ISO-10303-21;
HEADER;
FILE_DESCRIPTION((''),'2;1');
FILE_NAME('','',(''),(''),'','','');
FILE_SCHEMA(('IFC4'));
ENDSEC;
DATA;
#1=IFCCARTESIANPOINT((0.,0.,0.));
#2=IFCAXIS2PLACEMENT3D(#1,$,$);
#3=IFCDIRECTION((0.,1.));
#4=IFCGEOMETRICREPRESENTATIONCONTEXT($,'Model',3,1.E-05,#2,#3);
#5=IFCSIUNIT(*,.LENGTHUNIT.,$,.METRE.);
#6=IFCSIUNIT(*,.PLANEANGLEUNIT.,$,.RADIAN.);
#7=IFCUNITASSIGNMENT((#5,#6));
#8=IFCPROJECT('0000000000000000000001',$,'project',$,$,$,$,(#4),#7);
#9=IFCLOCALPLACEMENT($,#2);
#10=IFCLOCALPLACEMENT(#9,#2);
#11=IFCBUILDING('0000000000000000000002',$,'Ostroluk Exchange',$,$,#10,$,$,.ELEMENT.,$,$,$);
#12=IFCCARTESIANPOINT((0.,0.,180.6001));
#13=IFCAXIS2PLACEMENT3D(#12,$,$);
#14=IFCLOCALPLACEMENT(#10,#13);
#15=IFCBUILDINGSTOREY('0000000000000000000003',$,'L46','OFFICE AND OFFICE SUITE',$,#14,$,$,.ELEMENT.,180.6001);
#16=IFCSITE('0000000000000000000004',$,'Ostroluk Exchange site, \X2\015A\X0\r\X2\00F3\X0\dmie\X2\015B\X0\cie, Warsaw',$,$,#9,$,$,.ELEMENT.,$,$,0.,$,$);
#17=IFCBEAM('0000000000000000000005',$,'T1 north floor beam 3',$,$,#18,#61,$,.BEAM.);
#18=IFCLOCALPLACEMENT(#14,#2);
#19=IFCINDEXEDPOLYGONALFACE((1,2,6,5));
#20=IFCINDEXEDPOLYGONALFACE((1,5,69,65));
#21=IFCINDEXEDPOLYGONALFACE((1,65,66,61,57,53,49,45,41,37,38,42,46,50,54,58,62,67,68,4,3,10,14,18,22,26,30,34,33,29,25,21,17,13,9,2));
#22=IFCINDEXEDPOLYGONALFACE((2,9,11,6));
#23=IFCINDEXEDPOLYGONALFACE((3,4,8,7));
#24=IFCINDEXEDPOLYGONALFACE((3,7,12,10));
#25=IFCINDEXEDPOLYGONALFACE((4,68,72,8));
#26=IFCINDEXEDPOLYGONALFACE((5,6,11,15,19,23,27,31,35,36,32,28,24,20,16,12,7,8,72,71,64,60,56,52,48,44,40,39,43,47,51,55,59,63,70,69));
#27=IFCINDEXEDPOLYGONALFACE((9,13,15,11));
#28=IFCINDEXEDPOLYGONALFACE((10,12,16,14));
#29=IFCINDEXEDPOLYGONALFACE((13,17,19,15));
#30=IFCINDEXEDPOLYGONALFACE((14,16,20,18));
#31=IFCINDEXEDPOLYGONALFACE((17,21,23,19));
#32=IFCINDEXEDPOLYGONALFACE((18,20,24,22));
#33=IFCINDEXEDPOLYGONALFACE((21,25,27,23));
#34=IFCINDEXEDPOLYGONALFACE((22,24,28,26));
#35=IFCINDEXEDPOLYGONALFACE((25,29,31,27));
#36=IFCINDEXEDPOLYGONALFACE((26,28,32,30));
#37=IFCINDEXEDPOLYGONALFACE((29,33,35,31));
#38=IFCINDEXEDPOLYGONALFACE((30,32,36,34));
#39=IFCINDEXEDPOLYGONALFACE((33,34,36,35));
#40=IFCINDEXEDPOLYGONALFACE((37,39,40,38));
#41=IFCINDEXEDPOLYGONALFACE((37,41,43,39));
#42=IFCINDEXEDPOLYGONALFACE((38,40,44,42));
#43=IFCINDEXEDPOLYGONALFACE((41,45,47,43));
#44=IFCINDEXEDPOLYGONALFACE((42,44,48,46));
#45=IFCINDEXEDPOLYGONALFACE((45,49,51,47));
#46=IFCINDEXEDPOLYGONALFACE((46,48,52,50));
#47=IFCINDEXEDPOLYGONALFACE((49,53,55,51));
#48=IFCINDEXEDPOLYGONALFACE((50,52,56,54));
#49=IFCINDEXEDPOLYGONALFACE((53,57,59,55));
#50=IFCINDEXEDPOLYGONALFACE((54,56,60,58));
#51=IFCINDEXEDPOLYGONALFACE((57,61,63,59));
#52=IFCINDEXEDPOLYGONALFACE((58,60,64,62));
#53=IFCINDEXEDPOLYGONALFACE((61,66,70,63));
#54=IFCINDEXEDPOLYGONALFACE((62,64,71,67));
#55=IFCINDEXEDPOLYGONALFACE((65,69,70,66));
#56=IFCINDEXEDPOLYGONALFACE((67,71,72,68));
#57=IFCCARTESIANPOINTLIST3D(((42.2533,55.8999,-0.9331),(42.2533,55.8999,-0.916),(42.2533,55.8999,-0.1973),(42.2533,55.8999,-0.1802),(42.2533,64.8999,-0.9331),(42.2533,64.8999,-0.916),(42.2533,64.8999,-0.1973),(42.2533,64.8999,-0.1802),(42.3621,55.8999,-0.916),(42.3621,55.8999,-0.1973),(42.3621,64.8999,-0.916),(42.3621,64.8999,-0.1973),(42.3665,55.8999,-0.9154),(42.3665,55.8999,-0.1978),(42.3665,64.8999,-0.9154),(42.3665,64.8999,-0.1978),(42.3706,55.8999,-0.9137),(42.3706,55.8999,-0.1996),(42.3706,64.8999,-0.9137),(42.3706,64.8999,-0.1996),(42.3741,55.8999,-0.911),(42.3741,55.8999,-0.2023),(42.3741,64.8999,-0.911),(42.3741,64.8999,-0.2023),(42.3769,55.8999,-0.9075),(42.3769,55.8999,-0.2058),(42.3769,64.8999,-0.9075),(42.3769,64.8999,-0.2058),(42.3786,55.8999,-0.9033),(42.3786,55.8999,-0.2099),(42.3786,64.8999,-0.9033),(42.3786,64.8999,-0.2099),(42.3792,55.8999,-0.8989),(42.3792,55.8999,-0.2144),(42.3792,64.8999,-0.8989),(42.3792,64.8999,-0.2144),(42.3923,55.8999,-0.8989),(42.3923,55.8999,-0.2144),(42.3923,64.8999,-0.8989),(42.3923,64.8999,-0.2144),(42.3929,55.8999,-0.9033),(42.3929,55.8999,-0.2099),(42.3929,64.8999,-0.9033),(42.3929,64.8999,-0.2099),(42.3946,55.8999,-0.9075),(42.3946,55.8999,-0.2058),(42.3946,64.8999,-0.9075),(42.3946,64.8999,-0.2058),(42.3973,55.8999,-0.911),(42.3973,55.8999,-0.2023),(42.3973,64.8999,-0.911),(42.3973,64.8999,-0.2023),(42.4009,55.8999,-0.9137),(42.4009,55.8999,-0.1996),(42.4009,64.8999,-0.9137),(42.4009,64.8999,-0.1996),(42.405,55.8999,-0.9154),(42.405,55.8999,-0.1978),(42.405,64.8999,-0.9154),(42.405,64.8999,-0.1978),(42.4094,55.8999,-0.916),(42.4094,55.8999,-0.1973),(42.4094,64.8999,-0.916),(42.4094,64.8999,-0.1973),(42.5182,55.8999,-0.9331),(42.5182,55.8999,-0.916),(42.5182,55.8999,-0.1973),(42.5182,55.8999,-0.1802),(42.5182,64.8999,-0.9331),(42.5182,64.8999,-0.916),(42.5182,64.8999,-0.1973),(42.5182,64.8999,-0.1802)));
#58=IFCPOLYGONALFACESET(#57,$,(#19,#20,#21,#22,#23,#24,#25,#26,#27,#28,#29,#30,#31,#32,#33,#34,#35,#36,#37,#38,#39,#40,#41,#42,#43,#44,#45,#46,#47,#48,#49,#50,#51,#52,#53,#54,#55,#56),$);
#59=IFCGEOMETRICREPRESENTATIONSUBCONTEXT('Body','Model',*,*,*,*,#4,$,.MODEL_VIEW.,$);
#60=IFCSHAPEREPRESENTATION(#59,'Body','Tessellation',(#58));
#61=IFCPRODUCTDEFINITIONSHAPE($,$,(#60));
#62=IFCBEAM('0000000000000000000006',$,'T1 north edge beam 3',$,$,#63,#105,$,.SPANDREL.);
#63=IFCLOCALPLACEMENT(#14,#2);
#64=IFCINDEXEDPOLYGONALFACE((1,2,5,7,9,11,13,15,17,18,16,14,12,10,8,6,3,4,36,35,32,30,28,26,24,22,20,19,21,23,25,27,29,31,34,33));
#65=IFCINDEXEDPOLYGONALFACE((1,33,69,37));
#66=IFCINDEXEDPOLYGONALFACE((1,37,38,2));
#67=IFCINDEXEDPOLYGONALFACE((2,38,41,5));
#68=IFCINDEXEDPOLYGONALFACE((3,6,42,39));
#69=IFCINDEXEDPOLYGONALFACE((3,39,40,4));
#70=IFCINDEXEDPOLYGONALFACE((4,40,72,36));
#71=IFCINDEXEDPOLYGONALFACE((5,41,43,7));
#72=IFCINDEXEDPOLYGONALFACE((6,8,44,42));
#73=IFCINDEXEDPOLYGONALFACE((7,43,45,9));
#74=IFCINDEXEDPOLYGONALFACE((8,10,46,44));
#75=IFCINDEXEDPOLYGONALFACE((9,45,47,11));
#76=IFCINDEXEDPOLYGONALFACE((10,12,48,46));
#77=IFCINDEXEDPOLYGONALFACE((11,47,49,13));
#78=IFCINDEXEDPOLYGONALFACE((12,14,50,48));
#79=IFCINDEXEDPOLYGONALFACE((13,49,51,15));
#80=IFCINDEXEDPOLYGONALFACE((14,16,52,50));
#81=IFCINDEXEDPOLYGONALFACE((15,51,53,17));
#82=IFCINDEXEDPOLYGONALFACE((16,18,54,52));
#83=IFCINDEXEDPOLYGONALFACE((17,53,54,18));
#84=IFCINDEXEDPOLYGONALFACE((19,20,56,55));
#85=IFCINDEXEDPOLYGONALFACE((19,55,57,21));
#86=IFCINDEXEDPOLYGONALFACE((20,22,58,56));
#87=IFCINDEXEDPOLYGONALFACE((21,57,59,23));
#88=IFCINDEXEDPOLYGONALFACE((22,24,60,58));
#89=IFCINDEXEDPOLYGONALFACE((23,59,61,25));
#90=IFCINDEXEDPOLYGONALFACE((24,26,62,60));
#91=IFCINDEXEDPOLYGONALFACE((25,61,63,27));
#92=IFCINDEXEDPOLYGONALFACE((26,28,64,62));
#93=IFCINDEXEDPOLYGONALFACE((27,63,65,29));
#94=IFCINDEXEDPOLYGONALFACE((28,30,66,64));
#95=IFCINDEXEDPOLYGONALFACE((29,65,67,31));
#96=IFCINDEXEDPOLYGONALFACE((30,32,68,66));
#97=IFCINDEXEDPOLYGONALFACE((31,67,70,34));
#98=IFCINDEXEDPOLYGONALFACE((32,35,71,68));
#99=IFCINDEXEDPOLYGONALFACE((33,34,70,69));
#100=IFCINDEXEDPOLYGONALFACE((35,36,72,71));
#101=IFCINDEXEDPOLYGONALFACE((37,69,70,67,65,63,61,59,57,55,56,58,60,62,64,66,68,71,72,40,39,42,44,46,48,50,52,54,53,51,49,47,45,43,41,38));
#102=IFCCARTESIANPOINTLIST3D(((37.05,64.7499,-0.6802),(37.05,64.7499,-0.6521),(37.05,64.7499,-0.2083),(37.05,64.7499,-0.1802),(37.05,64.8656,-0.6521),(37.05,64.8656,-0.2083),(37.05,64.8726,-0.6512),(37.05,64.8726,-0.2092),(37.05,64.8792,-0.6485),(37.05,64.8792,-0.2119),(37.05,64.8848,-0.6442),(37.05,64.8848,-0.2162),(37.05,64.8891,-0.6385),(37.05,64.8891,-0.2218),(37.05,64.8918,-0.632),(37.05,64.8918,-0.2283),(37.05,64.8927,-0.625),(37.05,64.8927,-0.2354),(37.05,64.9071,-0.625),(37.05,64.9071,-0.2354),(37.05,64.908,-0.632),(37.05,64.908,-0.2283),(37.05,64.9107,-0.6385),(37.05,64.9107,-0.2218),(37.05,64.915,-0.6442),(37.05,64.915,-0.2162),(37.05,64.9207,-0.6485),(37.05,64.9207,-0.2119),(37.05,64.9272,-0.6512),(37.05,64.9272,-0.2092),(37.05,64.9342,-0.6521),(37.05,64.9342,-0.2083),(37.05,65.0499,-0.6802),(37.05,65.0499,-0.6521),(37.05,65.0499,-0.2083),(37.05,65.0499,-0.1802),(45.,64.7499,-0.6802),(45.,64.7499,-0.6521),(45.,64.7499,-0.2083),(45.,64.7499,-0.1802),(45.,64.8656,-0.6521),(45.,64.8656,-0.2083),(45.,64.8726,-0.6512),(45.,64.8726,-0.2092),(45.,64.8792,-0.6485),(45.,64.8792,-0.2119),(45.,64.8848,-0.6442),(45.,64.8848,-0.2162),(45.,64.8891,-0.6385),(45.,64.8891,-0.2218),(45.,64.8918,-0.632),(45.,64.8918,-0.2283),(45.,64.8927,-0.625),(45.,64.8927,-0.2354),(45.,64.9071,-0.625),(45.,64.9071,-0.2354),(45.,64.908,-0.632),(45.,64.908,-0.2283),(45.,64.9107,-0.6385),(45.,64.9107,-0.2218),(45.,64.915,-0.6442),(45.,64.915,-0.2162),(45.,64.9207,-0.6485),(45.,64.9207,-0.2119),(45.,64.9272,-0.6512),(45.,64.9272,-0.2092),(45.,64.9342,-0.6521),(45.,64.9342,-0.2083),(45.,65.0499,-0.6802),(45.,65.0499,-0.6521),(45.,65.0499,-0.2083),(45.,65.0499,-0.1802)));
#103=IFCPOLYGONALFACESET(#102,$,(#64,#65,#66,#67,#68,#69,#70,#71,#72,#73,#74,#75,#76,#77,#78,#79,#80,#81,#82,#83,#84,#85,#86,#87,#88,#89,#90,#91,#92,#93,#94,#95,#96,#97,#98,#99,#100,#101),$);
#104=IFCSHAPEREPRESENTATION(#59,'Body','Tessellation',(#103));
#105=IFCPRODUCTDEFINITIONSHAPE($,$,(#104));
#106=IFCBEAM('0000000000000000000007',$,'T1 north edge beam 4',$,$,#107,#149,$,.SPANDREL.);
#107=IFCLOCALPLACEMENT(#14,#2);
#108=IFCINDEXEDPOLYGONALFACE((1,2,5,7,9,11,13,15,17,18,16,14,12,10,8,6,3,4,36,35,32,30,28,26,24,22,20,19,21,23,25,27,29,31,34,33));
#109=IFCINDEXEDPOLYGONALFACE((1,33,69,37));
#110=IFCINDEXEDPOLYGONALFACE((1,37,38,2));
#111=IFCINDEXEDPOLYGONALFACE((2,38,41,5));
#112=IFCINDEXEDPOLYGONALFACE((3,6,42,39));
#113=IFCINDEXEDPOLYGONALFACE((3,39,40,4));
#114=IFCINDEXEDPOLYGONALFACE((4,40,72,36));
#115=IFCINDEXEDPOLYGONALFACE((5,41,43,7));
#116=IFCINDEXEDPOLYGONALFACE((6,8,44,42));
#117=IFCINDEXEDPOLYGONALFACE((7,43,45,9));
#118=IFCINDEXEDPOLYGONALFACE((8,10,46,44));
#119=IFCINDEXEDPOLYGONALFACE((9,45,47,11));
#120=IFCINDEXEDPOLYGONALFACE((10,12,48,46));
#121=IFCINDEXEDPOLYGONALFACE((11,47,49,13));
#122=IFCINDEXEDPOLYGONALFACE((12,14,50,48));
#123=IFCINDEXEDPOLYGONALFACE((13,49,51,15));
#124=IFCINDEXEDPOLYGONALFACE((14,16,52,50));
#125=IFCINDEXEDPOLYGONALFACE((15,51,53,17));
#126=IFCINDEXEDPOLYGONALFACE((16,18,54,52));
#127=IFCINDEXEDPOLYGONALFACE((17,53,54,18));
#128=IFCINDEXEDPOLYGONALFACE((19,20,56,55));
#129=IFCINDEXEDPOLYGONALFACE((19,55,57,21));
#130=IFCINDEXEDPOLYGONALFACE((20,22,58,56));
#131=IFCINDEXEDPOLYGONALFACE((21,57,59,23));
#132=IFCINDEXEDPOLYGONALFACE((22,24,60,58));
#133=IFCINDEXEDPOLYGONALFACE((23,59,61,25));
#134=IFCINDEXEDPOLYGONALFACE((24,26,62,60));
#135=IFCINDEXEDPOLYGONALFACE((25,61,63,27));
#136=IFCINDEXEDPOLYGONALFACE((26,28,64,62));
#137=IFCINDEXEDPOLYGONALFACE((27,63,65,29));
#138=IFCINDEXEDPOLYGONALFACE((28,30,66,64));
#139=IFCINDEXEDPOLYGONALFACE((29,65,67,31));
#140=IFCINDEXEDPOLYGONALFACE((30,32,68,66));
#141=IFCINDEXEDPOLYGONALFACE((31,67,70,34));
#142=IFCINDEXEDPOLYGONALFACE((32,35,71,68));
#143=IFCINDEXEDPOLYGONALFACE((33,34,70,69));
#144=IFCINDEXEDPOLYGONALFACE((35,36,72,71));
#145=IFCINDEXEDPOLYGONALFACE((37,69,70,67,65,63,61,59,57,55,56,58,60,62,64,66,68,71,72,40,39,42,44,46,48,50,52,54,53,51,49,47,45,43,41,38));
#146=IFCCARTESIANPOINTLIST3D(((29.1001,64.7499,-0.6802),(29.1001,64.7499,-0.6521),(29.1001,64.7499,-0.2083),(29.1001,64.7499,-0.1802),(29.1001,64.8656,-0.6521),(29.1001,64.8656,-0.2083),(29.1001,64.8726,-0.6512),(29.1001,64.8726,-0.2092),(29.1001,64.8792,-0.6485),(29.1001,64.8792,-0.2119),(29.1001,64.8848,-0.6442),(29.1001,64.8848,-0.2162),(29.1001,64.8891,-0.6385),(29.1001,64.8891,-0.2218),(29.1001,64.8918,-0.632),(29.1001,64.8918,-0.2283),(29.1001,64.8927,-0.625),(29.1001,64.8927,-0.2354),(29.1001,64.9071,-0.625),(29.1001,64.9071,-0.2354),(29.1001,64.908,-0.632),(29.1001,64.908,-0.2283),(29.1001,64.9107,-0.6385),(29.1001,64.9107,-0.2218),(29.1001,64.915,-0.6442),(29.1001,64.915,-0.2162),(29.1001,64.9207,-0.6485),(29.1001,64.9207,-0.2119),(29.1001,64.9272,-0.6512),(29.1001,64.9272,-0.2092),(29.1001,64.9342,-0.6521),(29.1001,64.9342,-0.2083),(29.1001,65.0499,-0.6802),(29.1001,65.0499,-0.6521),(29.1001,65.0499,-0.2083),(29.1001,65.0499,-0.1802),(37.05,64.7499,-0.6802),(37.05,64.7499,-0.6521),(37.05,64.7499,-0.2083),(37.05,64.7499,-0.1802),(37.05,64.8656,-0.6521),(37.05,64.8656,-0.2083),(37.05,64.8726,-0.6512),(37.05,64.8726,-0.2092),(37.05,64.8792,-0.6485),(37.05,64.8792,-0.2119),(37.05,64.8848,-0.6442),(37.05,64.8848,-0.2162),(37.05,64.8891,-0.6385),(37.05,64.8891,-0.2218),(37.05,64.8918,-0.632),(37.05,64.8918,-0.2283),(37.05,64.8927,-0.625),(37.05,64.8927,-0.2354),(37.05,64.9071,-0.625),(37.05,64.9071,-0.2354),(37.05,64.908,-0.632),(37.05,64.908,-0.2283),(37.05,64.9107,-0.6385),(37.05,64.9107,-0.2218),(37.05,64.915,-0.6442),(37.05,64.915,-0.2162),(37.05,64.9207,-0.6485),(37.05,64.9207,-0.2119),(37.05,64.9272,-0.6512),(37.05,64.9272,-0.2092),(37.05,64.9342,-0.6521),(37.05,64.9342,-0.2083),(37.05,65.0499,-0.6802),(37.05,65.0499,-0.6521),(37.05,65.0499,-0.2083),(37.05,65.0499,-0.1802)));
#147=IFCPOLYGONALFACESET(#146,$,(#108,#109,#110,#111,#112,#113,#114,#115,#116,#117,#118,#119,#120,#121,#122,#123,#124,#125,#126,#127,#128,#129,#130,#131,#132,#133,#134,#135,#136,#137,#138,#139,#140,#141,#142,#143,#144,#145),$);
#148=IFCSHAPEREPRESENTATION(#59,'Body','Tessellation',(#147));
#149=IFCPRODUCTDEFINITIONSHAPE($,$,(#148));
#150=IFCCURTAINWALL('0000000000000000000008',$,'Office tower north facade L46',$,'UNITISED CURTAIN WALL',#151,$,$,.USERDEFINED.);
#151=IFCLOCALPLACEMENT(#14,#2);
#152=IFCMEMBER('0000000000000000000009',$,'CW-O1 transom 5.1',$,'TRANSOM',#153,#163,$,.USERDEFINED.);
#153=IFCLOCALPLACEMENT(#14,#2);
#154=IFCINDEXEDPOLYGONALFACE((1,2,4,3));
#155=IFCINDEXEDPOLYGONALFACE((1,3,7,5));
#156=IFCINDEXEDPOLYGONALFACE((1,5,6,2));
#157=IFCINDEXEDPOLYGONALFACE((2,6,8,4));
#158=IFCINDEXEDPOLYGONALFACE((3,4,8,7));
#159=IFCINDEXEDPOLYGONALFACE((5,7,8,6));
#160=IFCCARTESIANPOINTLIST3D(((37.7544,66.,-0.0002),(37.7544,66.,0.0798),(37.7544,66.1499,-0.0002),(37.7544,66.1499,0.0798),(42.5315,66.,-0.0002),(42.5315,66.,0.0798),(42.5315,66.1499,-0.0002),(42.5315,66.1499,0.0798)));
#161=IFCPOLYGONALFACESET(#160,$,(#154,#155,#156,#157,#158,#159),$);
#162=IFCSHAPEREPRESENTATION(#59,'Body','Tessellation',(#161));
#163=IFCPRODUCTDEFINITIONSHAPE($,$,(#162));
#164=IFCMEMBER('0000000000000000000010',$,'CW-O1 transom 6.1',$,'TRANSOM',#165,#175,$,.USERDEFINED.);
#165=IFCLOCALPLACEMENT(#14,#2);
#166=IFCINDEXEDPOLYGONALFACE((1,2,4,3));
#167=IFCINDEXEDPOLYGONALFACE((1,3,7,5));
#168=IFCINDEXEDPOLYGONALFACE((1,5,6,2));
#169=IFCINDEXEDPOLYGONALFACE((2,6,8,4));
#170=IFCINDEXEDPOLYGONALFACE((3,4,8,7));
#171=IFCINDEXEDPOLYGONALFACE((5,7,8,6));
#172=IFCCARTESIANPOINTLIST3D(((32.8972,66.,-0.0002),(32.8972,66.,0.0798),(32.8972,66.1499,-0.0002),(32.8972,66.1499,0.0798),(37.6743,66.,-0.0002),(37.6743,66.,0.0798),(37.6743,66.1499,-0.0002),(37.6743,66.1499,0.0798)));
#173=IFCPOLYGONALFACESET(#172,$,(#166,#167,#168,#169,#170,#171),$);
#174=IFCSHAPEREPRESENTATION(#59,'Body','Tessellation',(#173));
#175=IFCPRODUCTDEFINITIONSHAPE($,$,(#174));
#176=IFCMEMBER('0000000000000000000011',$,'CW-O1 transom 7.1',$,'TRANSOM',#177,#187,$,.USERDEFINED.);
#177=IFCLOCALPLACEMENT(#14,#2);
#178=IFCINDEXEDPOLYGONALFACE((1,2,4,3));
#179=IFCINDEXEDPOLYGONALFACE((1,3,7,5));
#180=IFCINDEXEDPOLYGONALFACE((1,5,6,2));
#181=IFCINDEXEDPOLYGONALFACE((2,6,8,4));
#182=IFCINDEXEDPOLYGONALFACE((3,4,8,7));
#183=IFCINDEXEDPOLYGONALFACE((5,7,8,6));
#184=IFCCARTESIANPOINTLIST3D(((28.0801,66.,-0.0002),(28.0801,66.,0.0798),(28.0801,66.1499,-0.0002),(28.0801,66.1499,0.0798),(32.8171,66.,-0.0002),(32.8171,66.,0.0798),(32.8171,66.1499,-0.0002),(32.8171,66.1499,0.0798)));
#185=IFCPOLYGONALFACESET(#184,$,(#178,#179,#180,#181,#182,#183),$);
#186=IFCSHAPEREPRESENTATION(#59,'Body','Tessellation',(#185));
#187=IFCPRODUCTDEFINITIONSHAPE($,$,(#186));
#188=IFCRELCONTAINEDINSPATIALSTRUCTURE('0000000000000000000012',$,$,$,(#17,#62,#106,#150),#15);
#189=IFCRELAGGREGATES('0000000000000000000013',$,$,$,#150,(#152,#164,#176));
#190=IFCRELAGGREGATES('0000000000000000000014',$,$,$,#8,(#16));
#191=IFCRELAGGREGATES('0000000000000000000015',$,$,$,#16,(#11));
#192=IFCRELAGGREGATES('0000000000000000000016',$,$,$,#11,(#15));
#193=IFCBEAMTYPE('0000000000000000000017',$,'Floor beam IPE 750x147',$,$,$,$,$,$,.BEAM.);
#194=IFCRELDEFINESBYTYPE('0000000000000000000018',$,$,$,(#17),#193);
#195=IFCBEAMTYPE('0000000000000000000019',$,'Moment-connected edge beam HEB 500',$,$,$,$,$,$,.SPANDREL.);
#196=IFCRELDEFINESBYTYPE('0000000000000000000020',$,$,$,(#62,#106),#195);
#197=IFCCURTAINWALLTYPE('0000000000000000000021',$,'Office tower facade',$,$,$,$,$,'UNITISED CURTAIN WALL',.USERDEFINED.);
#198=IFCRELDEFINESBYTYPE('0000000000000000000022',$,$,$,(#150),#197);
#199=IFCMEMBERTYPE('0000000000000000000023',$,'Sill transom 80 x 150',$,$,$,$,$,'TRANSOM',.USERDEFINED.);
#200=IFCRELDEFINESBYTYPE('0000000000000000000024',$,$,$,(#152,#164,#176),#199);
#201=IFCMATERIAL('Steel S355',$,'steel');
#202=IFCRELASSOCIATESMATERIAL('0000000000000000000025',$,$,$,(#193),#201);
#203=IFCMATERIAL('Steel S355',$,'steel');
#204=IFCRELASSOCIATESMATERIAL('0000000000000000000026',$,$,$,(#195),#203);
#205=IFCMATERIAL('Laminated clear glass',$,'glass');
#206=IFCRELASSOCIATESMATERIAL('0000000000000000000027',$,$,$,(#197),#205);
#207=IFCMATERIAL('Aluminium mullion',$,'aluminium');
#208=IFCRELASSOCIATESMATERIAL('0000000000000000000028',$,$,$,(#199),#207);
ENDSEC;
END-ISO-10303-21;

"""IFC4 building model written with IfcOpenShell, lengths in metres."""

from ifc_helpers import new_model, si_unit, direction, frame, origin, origin_2d, place, context, subcontext, project, spatial, rectangle, i_section, extrude, material, material_profile, profile_set, type_object, element, aggregate, save


model = new_model("IFC4")

# Units and contexts
model_context = context("Model", 3, precision=1e-05, world=origin(), true_north=direction((0.0, 1.0)))
body_context = subcontext(model_context, "Body", "Model", "MODEL_VIEW")
ifc_project = project(units=[si_unit("LENGTHUNIT", "METRE"), si_unit("PLANEANGLEUNIT", "RADIAN")], contexts=[model_context])

# Site, building, storey
site_placement = place(None, origin())
site = spatial("IfcSite", under=ifc_project, at=site_placement, Name="Ostroluk Exchange site, Śródmieście, Warsaw", CompositionType="ELEMENT", RefElevation=0.0)
building_placement = place(site_placement, origin())
building = spatial("IfcBuilding", under=site, at=building_placement, Name="Ostroluk Exchange", CompositionType="ELEMENT")
storey_placement = place(building_placement, frame((0.0, 0.0, 180.6001)))
storey = spatial("IfcBuildingStorey", under=building, at=storey_placement, Name="L46", Description="OFFICE AND OFFICE SUITE", CompositionType="ELEMENT", Elevation=180.6001)

# Beams
ifc_material_1 = material(Name="Steel S355", Category="steel")
ifc_material_profile_1 = material_profile(ifc_material_1, i_section(OverallWidth=0.2649, OverallDepth=0.7529, WebThickness=0.0132, FlangeThickness=0.0171, FilletRadius=0.0171, at=origin_2d()), Name="IPE 750x147")
ifc_profile_set_1 = profile_set([ifc_material_profile_1], Name="Steel S355")
beam_type_1 = type_object("IfcBeamType", Name="Floor beam IPE 750x147", PredefinedType="BEAM", material=ifc_profile_set_1)
for number, where, z_axis, x_axis, name in (
    (1, (42.3857, 55.8999, -0.5566), (0.0, 1.0, 0.0), (-1.0, 0.0, 0.0), "T1 north floor beam 3"),
):
    element("IfcBeam", number, at=place(storey_placement, frame(where, z_axis=z_axis, x_axis=x_axis)), inside=storey, type_object=beam_type_1, Name=name, PredefinedType="BEAM", context=body_context, shape_type="SweptSolid", body=[
        extrude(i_section(OverallWidth=0.2649, OverallDepth=0.7529, WebThickness=0.0132, FlangeThickness=0.0171, FilletRadius=0.0171, at=origin_2d()), origin(), (0.0, 0.0, 1.0), 9.0),
    ])
ifc_material_2 = material(Name="Steel S355", Category="steel")
ifc_material_profile_2 = material_profile(ifc_material_2, i_section(OverallWidth=0.3, OverallDepth=0.5, WebThickness=0.0144, FlangeThickness=0.0281, FilletRadius=0.0271, at=origin_2d()), Name="HEB 500")
ifc_profile_set_2 = profile_set([ifc_material_profile_2], Name="Steel S355")
beam_type_2 = type_object("IfcBeamType", Name="Moment-connected edge beam HEB 500", PredefinedType="SPANDREL", material=ifc_profile_set_2)
for number, where, z_axis, x_axis, name in (
    (2, (45.0, 64.8999, -0.4302), (-1.0, 0.0, 0.0), (0.0, -1.0, 0.0), "T1 north edge beam 3"),
    (3, (37.05, 64.8999, -0.4302), (-1.0, 0.0, 0.0), (0.0, -1.0, 0.0), "T1 north edge beam 4"),
):
    element("IfcBeam", number, at=place(storey_placement, frame(where, z_axis=z_axis, x_axis=x_axis)), inside=storey, type_object=beam_type_2, Name=name, PredefinedType="SPANDREL", context=body_context, shape_type="SweptSolid", body=[
        extrude(i_section(OverallWidth=0.3, OverallDepth=0.5, WebThickness=0.0144, FlangeThickness=0.0281, FilletRadius=0.0271, at=origin_2d()), origin(), (0.0, 0.0, 1.0), 7.95),
    ])

# Curtain wall, members
ifc_material_3 = material(Name="Laminated clear glass", Category="glass")
curtain_wall_type = type_object("IfcCurtainWallType", Name="Office tower facade", ElementType="UNITISED CURTAIN WALL", PredefinedType="USERDEFINED", material=ifc_material_3)
curtain_wall_placement = place(storey_placement, origin())
curtain_wall = element("IfcCurtainWall", 4, at=curtain_wall_placement, inside=storey, type_object=curtain_wall_type, Name="Office tower north facade L46", ObjectType="UNITISED CURTAIN WALL", PredefinedType="USERDEFINED")
ifc_material_4 = material(Name="Aluminium mullion", Category="aluminium")
ifc_material_profile_3 = material_profile(ifc_material_4, rectangle(XDim=0.1499, YDim=0.0801, at=origin_2d()), Name="Sill transom 80 x 150")
ifc_profile_set_3 = profile_set([ifc_material_profile_3], Name="Aluminium mullion")
member_type_1 = type_object("IfcMemberType", Name="Sill transom 80 x 150", ElementType="TRANSOM", PredefinedType="USERDEFINED", material=ifc_profile_set_3)
member_1_placement = place(storey_placement, frame((42.5315, 66.075, 0.0398), z_axis=(-1.0, 0.0, 0.0), x_axis=(0.0, -1.0, 0.0)))
member_1 = element("IfcMember", 5, at=member_1_placement, type_object=member_type_1, Name="CW-O1 transom 5.1", ObjectType="TRANSOM", PredefinedType="USERDEFINED", context=body_context, shape_type="SweptSolid", body=[
    extrude(rectangle(XDim=0.1499, YDim=0.0801, at=origin_2d()), origin(), (0.0, 0.0, 1.0), 4.7771),
])
member_2_placement = place(storey_placement, frame((37.6743, 66.075, 0.0398), z_axis=(-1.0, 0.0, 0.0), x_axis=(0.0, -1.0, 0.0)))
member_2 = element("IfcMember", 6, at=member_2_placement, type_object=member_type_1, Name="CW-O1 transom 6.1", ObjectType="TRANSOM", PredefinedType="USERDEFINED", context=body_context, shape_type="SweptSolid", body=[
    extrude(rectangle(XDim=0.1499, YDim=0.0801, at=origin_2d()), origin(), (0.0, 0.0, 1.0), 4.7771),
])
member_3_placement = place(storey_placement, frame((32.8171, 66.075, 0.0398), z_axis=(-1.0, 0.0, 0.0), x_axis=(0.0, -1.0, 0.0)))
member_3 = element("IfcMember", 7, at=member_3_placement, type_object=member_type_1, Name="CW-O1 transom 7.1", ObjectType="TRANSOM", PredefinedType="USERDEFINED", context=body_context, shape_type="SweptSolid", body=[
    extrude(rectangle(XDim=0.1499, YDim=0.0801, at=origin_2d()), origin(), (0.0, 0.0, 1.0), 4.7371),
])
aggregate(curtain_wall, [member_1, member_2, member_3])

save(model, "model.ifc")
